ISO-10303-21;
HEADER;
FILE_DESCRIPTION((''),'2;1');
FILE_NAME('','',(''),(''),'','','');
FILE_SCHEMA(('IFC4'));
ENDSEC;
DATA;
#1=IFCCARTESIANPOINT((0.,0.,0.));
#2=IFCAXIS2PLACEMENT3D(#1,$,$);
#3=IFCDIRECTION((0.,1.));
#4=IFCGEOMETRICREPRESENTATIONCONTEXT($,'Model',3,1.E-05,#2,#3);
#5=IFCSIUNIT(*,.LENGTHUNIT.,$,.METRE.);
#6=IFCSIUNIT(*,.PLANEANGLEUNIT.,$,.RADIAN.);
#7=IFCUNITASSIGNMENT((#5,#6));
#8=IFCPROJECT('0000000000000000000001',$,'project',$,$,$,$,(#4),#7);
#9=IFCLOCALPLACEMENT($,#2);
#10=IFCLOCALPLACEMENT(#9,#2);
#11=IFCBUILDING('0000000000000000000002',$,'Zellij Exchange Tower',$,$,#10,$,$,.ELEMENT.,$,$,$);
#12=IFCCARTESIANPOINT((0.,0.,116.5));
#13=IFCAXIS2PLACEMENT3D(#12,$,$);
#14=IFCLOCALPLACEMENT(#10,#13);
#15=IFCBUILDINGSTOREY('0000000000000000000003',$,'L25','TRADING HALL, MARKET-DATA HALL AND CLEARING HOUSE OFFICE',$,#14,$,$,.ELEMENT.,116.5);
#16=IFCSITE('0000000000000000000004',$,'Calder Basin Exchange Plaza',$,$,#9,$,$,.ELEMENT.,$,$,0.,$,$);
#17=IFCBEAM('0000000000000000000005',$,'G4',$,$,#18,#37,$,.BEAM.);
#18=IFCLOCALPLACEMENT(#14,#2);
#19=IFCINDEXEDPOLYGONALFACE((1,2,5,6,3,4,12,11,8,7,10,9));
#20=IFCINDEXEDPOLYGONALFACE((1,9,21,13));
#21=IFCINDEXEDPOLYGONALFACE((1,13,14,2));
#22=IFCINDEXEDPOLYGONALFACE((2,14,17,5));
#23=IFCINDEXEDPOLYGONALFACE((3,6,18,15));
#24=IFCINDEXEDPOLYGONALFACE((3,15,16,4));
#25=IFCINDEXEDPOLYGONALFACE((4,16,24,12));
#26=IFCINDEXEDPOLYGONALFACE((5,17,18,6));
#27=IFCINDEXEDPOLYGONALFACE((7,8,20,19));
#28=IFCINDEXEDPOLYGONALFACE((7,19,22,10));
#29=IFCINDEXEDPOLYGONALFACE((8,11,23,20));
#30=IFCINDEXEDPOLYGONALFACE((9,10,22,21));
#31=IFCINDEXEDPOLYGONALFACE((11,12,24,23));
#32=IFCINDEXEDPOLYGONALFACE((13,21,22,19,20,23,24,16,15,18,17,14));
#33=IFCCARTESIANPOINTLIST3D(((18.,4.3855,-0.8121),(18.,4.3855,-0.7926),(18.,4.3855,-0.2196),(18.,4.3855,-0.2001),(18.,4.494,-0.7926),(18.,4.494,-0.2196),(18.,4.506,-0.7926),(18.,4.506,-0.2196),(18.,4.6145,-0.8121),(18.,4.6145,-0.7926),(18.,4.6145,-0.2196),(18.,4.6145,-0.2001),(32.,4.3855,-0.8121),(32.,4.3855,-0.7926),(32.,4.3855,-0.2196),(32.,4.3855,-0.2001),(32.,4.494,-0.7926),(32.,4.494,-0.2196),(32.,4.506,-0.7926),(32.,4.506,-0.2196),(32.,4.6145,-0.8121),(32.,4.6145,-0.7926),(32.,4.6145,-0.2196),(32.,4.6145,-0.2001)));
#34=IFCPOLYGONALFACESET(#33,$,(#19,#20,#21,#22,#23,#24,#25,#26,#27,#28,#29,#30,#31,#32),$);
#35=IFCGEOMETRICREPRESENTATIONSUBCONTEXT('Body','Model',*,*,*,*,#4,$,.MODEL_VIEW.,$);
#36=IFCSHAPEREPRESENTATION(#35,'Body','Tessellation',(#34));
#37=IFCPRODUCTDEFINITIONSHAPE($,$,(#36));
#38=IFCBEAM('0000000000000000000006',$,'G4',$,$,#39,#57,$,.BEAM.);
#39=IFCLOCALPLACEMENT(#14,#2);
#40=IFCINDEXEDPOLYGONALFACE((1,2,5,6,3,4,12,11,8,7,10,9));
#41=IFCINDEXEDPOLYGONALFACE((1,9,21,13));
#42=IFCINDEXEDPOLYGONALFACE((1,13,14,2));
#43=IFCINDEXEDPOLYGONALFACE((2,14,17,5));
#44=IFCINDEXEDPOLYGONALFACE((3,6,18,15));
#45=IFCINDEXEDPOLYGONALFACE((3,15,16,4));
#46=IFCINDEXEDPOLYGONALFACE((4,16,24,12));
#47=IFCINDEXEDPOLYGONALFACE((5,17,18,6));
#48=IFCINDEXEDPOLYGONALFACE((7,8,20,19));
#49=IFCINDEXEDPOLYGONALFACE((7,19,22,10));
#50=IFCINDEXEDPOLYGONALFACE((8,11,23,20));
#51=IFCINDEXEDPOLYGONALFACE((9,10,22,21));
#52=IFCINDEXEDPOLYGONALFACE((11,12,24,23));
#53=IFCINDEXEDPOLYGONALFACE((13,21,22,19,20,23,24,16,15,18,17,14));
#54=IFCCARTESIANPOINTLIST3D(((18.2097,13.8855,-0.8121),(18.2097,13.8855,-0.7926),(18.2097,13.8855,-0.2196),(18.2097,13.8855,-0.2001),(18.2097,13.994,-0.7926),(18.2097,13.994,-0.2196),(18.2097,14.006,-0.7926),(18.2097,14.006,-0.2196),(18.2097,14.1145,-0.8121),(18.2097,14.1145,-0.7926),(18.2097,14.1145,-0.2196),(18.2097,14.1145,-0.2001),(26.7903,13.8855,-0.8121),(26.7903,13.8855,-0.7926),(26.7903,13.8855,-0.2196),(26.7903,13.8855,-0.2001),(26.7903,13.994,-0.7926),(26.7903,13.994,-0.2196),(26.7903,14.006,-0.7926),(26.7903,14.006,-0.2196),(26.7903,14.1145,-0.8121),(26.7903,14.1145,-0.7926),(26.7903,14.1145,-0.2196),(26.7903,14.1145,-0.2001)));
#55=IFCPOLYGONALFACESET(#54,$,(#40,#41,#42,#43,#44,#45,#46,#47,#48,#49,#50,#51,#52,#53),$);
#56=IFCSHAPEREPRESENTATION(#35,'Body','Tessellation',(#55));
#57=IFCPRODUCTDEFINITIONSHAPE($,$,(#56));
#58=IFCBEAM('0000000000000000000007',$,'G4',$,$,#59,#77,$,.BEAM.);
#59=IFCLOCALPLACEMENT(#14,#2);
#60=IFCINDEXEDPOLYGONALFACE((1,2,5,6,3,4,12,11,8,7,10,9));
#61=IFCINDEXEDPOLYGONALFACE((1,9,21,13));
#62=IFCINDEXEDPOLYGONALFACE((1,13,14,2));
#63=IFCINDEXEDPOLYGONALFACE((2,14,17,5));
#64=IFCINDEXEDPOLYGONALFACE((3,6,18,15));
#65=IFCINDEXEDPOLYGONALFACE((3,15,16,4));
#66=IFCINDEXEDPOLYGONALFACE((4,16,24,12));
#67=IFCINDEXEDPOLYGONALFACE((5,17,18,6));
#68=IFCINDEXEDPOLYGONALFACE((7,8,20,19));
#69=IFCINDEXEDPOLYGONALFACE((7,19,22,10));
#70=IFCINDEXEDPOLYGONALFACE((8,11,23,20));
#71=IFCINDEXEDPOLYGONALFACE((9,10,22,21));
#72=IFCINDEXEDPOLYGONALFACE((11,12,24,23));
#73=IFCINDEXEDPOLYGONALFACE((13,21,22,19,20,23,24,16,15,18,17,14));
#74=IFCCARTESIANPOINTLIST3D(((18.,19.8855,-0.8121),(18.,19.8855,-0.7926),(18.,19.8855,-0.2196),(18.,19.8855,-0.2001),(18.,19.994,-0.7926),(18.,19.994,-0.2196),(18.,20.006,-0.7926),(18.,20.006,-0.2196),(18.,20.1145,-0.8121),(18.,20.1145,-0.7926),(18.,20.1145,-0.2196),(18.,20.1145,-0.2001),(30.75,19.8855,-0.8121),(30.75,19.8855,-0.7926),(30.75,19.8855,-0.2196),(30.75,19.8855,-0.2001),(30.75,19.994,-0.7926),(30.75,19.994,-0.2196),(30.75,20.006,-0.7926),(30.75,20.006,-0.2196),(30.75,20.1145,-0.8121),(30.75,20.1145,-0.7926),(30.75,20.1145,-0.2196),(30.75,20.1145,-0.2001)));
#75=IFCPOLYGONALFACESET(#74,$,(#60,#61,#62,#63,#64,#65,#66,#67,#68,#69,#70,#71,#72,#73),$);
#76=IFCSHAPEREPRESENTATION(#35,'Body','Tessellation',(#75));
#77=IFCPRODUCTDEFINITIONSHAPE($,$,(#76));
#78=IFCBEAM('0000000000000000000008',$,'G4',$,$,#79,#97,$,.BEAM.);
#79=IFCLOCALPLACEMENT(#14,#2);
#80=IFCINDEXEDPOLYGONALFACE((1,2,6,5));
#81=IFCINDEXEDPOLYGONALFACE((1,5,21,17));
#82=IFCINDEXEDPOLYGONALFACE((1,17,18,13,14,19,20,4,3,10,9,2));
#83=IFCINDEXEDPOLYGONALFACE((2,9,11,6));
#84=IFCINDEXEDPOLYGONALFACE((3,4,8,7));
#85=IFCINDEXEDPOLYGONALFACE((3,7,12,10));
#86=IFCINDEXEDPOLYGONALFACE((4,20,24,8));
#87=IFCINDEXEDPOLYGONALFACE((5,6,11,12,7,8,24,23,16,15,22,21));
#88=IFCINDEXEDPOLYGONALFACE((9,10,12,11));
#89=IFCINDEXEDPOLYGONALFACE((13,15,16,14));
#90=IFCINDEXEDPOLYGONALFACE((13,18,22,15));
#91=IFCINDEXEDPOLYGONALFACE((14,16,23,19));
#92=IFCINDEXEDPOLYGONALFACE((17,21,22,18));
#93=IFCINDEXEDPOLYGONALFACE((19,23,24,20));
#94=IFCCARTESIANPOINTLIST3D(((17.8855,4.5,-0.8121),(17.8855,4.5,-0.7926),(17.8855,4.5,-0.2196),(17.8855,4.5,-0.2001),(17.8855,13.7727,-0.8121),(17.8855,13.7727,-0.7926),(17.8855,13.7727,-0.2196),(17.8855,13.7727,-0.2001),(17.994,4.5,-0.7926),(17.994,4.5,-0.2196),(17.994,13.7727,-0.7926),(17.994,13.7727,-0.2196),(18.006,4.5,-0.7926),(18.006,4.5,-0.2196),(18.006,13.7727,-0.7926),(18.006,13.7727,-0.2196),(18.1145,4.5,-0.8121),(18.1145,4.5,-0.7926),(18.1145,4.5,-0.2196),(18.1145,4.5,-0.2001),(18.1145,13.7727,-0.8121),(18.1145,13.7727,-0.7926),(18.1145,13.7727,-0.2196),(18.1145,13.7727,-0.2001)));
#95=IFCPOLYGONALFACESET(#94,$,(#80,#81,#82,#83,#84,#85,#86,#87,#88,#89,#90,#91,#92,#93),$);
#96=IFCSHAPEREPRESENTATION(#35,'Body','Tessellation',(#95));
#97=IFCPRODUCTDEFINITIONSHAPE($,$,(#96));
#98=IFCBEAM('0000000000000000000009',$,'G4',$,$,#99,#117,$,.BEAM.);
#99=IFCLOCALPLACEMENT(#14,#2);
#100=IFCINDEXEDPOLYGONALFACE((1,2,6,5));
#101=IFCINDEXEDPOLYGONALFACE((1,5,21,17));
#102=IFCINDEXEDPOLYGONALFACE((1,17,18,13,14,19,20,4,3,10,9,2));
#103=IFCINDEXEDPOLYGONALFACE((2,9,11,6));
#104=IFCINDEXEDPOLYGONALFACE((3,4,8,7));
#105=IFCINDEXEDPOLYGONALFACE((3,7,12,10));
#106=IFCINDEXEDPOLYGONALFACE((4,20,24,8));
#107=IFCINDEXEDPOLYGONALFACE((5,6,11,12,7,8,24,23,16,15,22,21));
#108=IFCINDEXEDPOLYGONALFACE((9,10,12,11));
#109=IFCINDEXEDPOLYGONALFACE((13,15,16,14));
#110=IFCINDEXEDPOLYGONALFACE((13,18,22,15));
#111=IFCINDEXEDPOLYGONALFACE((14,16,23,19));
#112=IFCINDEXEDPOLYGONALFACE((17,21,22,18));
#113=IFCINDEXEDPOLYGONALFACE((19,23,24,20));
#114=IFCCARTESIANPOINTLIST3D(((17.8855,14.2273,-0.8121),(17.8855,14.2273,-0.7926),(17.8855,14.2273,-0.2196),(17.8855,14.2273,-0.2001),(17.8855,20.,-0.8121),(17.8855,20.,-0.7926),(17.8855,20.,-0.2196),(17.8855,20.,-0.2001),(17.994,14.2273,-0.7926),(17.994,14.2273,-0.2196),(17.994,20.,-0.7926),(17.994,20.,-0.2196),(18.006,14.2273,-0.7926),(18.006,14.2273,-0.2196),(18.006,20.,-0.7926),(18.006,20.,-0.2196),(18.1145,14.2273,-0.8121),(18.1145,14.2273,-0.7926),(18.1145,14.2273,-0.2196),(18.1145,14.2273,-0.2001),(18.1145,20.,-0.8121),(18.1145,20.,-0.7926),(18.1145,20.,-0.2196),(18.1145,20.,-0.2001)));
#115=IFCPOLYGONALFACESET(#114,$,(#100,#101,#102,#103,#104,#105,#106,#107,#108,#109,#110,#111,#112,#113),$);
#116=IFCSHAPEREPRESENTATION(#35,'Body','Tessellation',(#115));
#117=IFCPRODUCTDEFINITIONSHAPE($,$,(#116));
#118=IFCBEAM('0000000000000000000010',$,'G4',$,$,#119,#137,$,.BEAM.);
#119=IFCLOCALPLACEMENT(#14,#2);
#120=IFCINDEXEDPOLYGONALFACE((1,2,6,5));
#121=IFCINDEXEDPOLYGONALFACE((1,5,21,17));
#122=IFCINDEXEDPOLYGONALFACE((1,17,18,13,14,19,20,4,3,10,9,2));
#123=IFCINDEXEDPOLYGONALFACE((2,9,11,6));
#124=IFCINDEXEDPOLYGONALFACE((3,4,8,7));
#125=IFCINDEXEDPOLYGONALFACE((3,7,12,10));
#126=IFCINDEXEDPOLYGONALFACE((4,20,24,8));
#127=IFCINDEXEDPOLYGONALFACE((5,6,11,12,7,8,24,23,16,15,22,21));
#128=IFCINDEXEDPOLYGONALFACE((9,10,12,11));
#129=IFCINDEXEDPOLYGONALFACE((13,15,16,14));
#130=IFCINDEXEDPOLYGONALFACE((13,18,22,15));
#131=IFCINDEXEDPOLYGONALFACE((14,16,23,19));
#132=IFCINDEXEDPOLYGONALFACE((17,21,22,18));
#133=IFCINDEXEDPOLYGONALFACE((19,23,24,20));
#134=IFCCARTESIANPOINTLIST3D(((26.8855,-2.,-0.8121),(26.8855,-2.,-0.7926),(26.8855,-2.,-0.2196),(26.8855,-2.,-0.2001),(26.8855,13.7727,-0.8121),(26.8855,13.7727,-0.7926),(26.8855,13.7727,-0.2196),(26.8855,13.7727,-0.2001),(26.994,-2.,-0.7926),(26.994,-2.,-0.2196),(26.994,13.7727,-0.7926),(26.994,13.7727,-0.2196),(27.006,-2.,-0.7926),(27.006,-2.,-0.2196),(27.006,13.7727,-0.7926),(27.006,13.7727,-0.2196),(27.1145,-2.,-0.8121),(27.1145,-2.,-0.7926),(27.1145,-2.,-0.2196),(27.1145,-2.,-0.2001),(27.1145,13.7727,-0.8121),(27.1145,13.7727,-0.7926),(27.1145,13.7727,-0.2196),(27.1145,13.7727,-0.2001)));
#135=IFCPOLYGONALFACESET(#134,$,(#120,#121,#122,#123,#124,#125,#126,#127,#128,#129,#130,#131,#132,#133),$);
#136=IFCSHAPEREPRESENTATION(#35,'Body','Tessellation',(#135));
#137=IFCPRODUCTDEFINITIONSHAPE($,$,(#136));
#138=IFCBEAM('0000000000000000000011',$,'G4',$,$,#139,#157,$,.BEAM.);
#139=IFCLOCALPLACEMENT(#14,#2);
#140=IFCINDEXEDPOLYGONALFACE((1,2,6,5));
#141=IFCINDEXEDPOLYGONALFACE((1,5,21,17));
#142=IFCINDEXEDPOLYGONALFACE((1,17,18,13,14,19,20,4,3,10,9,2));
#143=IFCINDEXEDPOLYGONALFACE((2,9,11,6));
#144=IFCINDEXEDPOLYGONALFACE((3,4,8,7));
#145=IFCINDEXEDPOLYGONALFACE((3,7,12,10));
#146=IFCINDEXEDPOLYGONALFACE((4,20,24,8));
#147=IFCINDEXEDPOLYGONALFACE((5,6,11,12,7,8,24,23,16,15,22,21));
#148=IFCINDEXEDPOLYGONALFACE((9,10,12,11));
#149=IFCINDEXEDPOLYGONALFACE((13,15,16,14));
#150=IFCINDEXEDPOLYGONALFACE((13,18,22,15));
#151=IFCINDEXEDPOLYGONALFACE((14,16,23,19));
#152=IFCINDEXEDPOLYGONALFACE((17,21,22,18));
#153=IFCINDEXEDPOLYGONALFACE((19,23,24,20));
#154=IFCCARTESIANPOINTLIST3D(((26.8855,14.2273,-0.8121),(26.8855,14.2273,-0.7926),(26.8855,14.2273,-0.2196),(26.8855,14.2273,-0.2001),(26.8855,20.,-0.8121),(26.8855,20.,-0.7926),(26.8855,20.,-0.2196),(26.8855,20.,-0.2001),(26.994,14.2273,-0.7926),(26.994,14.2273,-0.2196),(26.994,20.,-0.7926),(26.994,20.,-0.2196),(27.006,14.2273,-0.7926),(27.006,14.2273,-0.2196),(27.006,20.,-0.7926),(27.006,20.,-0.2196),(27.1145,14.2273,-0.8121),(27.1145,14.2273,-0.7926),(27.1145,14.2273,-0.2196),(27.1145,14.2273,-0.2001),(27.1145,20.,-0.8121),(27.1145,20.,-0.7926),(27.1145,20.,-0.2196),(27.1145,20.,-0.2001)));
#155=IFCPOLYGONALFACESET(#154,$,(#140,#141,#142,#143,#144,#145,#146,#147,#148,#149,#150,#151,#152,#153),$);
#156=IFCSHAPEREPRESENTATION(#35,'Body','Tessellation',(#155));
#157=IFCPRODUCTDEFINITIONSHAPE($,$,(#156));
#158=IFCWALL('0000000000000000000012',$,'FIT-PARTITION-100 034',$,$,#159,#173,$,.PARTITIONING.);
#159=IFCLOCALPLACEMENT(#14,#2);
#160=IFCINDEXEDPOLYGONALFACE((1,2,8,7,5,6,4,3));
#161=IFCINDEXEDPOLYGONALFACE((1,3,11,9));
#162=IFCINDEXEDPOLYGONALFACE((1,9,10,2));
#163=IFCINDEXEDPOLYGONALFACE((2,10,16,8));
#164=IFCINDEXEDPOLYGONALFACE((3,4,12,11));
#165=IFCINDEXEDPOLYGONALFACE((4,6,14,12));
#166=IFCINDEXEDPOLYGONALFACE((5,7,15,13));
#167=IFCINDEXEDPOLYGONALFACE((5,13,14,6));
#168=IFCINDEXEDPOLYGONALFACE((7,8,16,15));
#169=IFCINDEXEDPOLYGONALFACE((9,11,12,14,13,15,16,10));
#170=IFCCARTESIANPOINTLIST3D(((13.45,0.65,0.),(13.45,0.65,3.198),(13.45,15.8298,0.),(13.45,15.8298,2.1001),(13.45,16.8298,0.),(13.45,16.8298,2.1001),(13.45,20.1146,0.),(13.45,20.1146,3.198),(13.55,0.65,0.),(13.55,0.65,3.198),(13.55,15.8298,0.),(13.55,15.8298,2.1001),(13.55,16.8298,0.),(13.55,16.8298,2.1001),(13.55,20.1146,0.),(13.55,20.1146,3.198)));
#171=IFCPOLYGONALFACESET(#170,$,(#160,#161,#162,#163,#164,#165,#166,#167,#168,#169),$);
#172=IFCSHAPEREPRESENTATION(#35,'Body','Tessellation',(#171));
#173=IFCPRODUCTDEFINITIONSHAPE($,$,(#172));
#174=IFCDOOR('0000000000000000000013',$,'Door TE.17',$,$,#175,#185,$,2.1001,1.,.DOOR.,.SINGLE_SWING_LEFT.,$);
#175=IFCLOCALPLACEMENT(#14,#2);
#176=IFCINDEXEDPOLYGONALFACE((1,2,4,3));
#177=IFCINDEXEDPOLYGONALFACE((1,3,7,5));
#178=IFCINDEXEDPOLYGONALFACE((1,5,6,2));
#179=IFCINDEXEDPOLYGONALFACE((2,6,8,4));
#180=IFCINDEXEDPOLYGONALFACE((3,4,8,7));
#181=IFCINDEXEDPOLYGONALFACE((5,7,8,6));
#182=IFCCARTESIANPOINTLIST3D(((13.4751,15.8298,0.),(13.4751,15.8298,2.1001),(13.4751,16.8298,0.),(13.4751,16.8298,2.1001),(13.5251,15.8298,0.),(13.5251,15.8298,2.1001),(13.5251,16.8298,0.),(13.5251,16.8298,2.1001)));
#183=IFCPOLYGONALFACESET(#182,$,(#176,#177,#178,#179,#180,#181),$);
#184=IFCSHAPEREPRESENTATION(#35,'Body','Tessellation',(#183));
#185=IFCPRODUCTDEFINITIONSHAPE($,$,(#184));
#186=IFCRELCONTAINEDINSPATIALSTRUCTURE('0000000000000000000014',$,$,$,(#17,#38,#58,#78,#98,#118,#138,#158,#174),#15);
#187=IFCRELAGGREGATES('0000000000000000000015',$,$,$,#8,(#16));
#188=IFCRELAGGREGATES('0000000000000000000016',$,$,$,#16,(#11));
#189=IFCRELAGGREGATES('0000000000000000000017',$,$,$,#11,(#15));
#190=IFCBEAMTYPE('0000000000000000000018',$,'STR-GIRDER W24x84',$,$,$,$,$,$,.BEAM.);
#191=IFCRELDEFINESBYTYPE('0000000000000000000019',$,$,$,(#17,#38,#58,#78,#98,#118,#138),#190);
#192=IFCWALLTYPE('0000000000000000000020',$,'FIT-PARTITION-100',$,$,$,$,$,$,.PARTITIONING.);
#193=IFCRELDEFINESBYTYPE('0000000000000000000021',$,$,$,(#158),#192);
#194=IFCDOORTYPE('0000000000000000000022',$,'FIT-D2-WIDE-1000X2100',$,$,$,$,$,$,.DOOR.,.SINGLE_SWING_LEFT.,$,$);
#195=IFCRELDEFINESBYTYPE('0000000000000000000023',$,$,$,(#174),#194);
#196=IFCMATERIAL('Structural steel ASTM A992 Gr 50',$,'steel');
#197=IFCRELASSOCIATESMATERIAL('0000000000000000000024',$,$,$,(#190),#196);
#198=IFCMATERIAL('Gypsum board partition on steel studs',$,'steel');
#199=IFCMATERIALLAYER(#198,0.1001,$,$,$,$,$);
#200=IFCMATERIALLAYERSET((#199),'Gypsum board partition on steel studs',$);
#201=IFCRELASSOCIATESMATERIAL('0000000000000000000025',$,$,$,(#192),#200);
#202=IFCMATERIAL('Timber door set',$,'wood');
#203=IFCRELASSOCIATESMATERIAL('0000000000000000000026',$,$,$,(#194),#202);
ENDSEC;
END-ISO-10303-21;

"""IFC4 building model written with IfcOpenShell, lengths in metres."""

from ifc_helpers import new_model, si_unit, direction, frame, frame_2d, origin, origin_2d, place, context, subcontext, project, spatial, rectangle, i_section, extrude, material, layer, layer_set, material_profile, profile_set, type_object, element, fill, save


model = new_model("IFC4")

# Units and contexts
model_context = context("Model", 3, precision=1e-05, world=origin(), true_north=direction((0.0, 1.0)))
body_context = subcontext(model_context, "Body", "Model", "MODEL_VIEW")
ifc_project = project(units=[si_unit("LENGTHUNIT", "METRE"), si_unit("PLANEANGLEUNIT", "RADIAN")], contexts=[model_context])

# Site, building, storey
site_placement = place(None, origin())
site = spatial("IfcSite", under=ifc_project, at=site_placement, Name="Calder Basin Exchange Plaza", CompositionType="ELEMENT", RefElevation=0.0)
building_placement = place(site_placement, origin())
building = spatial("IfcBuilding", under=site, at=building_placement, Name="Zellij Exchange Tower", CompositionType="ELEMENT")
storey_placement = place(building_placement, frame((0.0, 0.0, 116.5)))
storey = spatial("IfcBuildingStorey", under=building, at=storey_placement, Name="L25", Description="TRADING HALL, MARKET-DATA HALL AND CLEARING HOUSE OFFICE", CompositionType="ELEMENT", Elevation=116.5)

# Beams
ifc_material_1 = material(Name="Structural steel ASTM A992 Gr 50", Category="steel")
ifc_material_profile_1 = material_profile(ifc_material_1, i_section(OverallWidth=0.229, OverallDepth=0.6121, WebThickness=0.012, FlangeThickness=0.0195, at=origin_2d()), Name="W24x84")
ifc_profile_set_1 = profile_set([ifc_material_profile_1], Name="Structural steel ASTM A992 Gr 50")
beam_type_1 = type_object("IfcBeamType", Name="STR-GIRDER W24x84", PredefinedType="BEAM", material=ifc_profile_set_1)
beam_1_placement = place(storey_placement, frame((18.0, 4.5, -0.5061), z_axis=(1.0, 0.0, 0.0), x_axis=(0.0, 1.0, 0.0)))
element("IfcBeam", 1, at=beam_1_placement, inside=storey, type_object=beam_type_1, Name="G4", PredefinedType="BEAM", context=body_context, shape_type="SweptSolid", body=[
    extrude(i_section(OverallWidth=0.229, OverallDepth=0.6121, WebThickness=0.012, FlangeThickness=0.0195, at=origin_2d()), origin(), (0.0, 0.0, 1.0), 14.0),
])
beam_2_placement = place(storey_placement, frame((18.2097, 14.0, -0.5061), z_axis=(1.0, 0.0, 0.0), x_axis=(0.0, 1.0, 0.0)))
element("IfcBeam", 2, at=beam_2_placement, inside=storey, type_object=beam_type_1, Name="G4", PredefinedType="BEAM", context=body_context, shape_type="SweptSolid", body=[
    extrude(i_section(OverallWidth=0.229, OverallDepth=0.6121, WebThickness=0.012, FlangeThickness=0.0195, at=origin_2d()), origin(), (0.0, 0.0, 1.0), 8.5806),
])
beam_3_placement = place(storey_placement, frame((18.0, 20.0, -0.5061), z_axis=(1.0, 0.0, 0.0), x_axis=(0.0, 1.0, 0.0)))
element("IfcBeam", 3, at=beam_3_placement, inside=storey, type_object=beam_type_1, Name="G4", PredefinedType="BEAM", context=body_context, shape_type="SweptSolid", body=[
    extrude(i_section(OverallWidth=0.229, OverallDepth=0.6121, WebThickness=0.012, FlangeThickness=0.0195, at=origin_2d()), origin(), (0.0, 0.0, 1.0), 12.75),
])
beam_4_placement = place(storey_placement, frame((18.0, 4.5, -0.5061), z_axis=(0.0, 1.0, 0.0), x_axis=(-1.0, 0.0, 0.0)))
element("IfcBeam", 4, at=beam_4_placement, inside=storey, type_object=beam_type_1, Name="G4", PredefinedType="BEAM", context=body_context, shape_type="SweptSolid", body=[
    extrude(i_section(OverallWidth=0.229, OverallDepth=0.6121, WebThickness=0.012, FlangeThickness=0.0195, at=origin_2d()), origin(), (0.0, 0.0, 1.0), 9.2727),
])
beam_5_placement = place(storey_placement, frame((18.0, 14.2273, -0.5061), z_axis=(0.0, 1.0, 0.0), x_axis=(-1.0, 0.0, 0.0)))
element("IfcBeam", 5, at=beam_5_placement, inside=storey, type_object=beam_type_1, Name="G4", PredefinedType="BEAM", context=body_context, shape_type="SweptSolid", body=[
    extrude(i_section(OverallWidth=0.229, OverallDepth=0.6121, WebThickness=0.012, FlangeThickness=0.0195, at=origin_2d()), origin(), (0.0, 0.0, 1.0), 5.7727),
])
beam_6_placement = place(storey_placement, frame((27.0, -2.0, -0.5061), z_axis=(0.0, 1.0, 0.0), x_axis=(-1.0, 0.0, 0.0)))
element("IfcBeam", 6, at=beam_6_placement, inside=storey, type_object=beam_type_1, Name="G4", PredefinedType="BEAM", context=body_context, shape_type="SweptSolid", body=[
    extrude(i_section(OverallWidth=0.229, OverallDepth=0.6121, WebThickness=0.012, FlangeThickness=0.0195, at=origin_2d()), origin(), (0.0, 0.0, 1.0), 15.7727),
])
beam_7_placement = place(storey_placement, frame((27.0, 14.2273, -0.5061), z_axis=(0.0, 1.0, 0.0), x_axis=(-1.0, 0.0, 0.0)))
element("IfcBeam", 7, at=beam_7_placement, inside=storey, type_object=beam_type_1, Name="G4", PredefinedType="BEAM", context=body_context, shape_type="SweptSolid", body=[
    extrude(i_section(OverallWidth=0.229, OverallDepth=0.6121, WebThickness=0.012, FlangeThickness=0.0195, at=origin_2d()), origin(), (0.0, 0.0, 1.0), 5.7727),
])

# Wall, opening, door
ifc_material_2 = material(Name="Gypsum board partition on steel studs", Category="steel")
ifc_layer = layer(ifc_material_2, 0.1001)
ifc_layer_set = layer_set([ifc_layer], Name="Gypsum board partition on steel studs")
wall_type = type_object("IfcWallType", Name="FIT-PARTITION-100", PredefinedType="PARTITIONING", material=ifc_layer_set)
wall_1_placement = place(storey_placement, frame((13.5, 0.6499, 0.0), z_axis=(0.0, 0.0, 1.0), x_axis=(0.0, 1.0, 0.0)))
wall_1 = element("IfcWall", 8, at=wall_1_placement, inside=storey, type_object=wall_type, Name="FIT-PARTITION-100 034", PredefinedType="PARTITIONING", context=body_context, shape_type="SweptSolid", body=[
    extrude(rectangle(XDim=19.4646, YDim=0.1001, at=frame_2d((9.7324, 0.0))), origin(), (0.0, 0.0, 1.0), 3.198),
])
opening_placement = place(wall_1_placement, frame((15.1799, 0.0, 0.0)))
opening = element("IfcOpeningElement", 9, at=opening_placement, cuts=wall_1, PredefinedType="OPENING", context=body_context, shape_type="SweptSolid", body=[
    extrude(rectangle(XDim=1.0, YDim=2.1001, at=frame_2d((0.5, 1.05))), frame((0.0, 0.062, 0.0), z_axis=(0.0, -1.0, 0.0), x_axis=(1.0, 0.0, 0.0)), (0.0, 0.0, 1.0), 0.124),
])
ifc_material_3 = material(Name="Timber door set", Category="wood")
door_type = type_object("IfcDoorType", Name="FIT-D2-WIDE-1000X2100", OperationType="SINGLE_SWING_LEFT", PredefinedType="DOOR", material=ifc_material_3)
door_placement = place(opening_placement, origin())
door = element("IfcDoor", 10, at=door_placement, inside=storey, type_object=door_type, Name="Door TE.17", OperationType="SINGLE_SWING_LEFT", OverallHeight=2.1001, OverallWidth=1.0, PredefinedType="DOOR", context=body_context, shape_type="SweptSolid", body=[
    extrude(rectangle(XDim=1.0, YDim=2.1001, at=frame_2d((0.5, 1.05))), frame((0.0, 0.0249, 0.0), z_axis=(0.0, -1.0, 0.0), x_axis=(1.0, 0.0, 0.0)), (0.0, 0.0, 1.0), 0.05),
])
fill(opening, door)

save(model, "model.ifc")
